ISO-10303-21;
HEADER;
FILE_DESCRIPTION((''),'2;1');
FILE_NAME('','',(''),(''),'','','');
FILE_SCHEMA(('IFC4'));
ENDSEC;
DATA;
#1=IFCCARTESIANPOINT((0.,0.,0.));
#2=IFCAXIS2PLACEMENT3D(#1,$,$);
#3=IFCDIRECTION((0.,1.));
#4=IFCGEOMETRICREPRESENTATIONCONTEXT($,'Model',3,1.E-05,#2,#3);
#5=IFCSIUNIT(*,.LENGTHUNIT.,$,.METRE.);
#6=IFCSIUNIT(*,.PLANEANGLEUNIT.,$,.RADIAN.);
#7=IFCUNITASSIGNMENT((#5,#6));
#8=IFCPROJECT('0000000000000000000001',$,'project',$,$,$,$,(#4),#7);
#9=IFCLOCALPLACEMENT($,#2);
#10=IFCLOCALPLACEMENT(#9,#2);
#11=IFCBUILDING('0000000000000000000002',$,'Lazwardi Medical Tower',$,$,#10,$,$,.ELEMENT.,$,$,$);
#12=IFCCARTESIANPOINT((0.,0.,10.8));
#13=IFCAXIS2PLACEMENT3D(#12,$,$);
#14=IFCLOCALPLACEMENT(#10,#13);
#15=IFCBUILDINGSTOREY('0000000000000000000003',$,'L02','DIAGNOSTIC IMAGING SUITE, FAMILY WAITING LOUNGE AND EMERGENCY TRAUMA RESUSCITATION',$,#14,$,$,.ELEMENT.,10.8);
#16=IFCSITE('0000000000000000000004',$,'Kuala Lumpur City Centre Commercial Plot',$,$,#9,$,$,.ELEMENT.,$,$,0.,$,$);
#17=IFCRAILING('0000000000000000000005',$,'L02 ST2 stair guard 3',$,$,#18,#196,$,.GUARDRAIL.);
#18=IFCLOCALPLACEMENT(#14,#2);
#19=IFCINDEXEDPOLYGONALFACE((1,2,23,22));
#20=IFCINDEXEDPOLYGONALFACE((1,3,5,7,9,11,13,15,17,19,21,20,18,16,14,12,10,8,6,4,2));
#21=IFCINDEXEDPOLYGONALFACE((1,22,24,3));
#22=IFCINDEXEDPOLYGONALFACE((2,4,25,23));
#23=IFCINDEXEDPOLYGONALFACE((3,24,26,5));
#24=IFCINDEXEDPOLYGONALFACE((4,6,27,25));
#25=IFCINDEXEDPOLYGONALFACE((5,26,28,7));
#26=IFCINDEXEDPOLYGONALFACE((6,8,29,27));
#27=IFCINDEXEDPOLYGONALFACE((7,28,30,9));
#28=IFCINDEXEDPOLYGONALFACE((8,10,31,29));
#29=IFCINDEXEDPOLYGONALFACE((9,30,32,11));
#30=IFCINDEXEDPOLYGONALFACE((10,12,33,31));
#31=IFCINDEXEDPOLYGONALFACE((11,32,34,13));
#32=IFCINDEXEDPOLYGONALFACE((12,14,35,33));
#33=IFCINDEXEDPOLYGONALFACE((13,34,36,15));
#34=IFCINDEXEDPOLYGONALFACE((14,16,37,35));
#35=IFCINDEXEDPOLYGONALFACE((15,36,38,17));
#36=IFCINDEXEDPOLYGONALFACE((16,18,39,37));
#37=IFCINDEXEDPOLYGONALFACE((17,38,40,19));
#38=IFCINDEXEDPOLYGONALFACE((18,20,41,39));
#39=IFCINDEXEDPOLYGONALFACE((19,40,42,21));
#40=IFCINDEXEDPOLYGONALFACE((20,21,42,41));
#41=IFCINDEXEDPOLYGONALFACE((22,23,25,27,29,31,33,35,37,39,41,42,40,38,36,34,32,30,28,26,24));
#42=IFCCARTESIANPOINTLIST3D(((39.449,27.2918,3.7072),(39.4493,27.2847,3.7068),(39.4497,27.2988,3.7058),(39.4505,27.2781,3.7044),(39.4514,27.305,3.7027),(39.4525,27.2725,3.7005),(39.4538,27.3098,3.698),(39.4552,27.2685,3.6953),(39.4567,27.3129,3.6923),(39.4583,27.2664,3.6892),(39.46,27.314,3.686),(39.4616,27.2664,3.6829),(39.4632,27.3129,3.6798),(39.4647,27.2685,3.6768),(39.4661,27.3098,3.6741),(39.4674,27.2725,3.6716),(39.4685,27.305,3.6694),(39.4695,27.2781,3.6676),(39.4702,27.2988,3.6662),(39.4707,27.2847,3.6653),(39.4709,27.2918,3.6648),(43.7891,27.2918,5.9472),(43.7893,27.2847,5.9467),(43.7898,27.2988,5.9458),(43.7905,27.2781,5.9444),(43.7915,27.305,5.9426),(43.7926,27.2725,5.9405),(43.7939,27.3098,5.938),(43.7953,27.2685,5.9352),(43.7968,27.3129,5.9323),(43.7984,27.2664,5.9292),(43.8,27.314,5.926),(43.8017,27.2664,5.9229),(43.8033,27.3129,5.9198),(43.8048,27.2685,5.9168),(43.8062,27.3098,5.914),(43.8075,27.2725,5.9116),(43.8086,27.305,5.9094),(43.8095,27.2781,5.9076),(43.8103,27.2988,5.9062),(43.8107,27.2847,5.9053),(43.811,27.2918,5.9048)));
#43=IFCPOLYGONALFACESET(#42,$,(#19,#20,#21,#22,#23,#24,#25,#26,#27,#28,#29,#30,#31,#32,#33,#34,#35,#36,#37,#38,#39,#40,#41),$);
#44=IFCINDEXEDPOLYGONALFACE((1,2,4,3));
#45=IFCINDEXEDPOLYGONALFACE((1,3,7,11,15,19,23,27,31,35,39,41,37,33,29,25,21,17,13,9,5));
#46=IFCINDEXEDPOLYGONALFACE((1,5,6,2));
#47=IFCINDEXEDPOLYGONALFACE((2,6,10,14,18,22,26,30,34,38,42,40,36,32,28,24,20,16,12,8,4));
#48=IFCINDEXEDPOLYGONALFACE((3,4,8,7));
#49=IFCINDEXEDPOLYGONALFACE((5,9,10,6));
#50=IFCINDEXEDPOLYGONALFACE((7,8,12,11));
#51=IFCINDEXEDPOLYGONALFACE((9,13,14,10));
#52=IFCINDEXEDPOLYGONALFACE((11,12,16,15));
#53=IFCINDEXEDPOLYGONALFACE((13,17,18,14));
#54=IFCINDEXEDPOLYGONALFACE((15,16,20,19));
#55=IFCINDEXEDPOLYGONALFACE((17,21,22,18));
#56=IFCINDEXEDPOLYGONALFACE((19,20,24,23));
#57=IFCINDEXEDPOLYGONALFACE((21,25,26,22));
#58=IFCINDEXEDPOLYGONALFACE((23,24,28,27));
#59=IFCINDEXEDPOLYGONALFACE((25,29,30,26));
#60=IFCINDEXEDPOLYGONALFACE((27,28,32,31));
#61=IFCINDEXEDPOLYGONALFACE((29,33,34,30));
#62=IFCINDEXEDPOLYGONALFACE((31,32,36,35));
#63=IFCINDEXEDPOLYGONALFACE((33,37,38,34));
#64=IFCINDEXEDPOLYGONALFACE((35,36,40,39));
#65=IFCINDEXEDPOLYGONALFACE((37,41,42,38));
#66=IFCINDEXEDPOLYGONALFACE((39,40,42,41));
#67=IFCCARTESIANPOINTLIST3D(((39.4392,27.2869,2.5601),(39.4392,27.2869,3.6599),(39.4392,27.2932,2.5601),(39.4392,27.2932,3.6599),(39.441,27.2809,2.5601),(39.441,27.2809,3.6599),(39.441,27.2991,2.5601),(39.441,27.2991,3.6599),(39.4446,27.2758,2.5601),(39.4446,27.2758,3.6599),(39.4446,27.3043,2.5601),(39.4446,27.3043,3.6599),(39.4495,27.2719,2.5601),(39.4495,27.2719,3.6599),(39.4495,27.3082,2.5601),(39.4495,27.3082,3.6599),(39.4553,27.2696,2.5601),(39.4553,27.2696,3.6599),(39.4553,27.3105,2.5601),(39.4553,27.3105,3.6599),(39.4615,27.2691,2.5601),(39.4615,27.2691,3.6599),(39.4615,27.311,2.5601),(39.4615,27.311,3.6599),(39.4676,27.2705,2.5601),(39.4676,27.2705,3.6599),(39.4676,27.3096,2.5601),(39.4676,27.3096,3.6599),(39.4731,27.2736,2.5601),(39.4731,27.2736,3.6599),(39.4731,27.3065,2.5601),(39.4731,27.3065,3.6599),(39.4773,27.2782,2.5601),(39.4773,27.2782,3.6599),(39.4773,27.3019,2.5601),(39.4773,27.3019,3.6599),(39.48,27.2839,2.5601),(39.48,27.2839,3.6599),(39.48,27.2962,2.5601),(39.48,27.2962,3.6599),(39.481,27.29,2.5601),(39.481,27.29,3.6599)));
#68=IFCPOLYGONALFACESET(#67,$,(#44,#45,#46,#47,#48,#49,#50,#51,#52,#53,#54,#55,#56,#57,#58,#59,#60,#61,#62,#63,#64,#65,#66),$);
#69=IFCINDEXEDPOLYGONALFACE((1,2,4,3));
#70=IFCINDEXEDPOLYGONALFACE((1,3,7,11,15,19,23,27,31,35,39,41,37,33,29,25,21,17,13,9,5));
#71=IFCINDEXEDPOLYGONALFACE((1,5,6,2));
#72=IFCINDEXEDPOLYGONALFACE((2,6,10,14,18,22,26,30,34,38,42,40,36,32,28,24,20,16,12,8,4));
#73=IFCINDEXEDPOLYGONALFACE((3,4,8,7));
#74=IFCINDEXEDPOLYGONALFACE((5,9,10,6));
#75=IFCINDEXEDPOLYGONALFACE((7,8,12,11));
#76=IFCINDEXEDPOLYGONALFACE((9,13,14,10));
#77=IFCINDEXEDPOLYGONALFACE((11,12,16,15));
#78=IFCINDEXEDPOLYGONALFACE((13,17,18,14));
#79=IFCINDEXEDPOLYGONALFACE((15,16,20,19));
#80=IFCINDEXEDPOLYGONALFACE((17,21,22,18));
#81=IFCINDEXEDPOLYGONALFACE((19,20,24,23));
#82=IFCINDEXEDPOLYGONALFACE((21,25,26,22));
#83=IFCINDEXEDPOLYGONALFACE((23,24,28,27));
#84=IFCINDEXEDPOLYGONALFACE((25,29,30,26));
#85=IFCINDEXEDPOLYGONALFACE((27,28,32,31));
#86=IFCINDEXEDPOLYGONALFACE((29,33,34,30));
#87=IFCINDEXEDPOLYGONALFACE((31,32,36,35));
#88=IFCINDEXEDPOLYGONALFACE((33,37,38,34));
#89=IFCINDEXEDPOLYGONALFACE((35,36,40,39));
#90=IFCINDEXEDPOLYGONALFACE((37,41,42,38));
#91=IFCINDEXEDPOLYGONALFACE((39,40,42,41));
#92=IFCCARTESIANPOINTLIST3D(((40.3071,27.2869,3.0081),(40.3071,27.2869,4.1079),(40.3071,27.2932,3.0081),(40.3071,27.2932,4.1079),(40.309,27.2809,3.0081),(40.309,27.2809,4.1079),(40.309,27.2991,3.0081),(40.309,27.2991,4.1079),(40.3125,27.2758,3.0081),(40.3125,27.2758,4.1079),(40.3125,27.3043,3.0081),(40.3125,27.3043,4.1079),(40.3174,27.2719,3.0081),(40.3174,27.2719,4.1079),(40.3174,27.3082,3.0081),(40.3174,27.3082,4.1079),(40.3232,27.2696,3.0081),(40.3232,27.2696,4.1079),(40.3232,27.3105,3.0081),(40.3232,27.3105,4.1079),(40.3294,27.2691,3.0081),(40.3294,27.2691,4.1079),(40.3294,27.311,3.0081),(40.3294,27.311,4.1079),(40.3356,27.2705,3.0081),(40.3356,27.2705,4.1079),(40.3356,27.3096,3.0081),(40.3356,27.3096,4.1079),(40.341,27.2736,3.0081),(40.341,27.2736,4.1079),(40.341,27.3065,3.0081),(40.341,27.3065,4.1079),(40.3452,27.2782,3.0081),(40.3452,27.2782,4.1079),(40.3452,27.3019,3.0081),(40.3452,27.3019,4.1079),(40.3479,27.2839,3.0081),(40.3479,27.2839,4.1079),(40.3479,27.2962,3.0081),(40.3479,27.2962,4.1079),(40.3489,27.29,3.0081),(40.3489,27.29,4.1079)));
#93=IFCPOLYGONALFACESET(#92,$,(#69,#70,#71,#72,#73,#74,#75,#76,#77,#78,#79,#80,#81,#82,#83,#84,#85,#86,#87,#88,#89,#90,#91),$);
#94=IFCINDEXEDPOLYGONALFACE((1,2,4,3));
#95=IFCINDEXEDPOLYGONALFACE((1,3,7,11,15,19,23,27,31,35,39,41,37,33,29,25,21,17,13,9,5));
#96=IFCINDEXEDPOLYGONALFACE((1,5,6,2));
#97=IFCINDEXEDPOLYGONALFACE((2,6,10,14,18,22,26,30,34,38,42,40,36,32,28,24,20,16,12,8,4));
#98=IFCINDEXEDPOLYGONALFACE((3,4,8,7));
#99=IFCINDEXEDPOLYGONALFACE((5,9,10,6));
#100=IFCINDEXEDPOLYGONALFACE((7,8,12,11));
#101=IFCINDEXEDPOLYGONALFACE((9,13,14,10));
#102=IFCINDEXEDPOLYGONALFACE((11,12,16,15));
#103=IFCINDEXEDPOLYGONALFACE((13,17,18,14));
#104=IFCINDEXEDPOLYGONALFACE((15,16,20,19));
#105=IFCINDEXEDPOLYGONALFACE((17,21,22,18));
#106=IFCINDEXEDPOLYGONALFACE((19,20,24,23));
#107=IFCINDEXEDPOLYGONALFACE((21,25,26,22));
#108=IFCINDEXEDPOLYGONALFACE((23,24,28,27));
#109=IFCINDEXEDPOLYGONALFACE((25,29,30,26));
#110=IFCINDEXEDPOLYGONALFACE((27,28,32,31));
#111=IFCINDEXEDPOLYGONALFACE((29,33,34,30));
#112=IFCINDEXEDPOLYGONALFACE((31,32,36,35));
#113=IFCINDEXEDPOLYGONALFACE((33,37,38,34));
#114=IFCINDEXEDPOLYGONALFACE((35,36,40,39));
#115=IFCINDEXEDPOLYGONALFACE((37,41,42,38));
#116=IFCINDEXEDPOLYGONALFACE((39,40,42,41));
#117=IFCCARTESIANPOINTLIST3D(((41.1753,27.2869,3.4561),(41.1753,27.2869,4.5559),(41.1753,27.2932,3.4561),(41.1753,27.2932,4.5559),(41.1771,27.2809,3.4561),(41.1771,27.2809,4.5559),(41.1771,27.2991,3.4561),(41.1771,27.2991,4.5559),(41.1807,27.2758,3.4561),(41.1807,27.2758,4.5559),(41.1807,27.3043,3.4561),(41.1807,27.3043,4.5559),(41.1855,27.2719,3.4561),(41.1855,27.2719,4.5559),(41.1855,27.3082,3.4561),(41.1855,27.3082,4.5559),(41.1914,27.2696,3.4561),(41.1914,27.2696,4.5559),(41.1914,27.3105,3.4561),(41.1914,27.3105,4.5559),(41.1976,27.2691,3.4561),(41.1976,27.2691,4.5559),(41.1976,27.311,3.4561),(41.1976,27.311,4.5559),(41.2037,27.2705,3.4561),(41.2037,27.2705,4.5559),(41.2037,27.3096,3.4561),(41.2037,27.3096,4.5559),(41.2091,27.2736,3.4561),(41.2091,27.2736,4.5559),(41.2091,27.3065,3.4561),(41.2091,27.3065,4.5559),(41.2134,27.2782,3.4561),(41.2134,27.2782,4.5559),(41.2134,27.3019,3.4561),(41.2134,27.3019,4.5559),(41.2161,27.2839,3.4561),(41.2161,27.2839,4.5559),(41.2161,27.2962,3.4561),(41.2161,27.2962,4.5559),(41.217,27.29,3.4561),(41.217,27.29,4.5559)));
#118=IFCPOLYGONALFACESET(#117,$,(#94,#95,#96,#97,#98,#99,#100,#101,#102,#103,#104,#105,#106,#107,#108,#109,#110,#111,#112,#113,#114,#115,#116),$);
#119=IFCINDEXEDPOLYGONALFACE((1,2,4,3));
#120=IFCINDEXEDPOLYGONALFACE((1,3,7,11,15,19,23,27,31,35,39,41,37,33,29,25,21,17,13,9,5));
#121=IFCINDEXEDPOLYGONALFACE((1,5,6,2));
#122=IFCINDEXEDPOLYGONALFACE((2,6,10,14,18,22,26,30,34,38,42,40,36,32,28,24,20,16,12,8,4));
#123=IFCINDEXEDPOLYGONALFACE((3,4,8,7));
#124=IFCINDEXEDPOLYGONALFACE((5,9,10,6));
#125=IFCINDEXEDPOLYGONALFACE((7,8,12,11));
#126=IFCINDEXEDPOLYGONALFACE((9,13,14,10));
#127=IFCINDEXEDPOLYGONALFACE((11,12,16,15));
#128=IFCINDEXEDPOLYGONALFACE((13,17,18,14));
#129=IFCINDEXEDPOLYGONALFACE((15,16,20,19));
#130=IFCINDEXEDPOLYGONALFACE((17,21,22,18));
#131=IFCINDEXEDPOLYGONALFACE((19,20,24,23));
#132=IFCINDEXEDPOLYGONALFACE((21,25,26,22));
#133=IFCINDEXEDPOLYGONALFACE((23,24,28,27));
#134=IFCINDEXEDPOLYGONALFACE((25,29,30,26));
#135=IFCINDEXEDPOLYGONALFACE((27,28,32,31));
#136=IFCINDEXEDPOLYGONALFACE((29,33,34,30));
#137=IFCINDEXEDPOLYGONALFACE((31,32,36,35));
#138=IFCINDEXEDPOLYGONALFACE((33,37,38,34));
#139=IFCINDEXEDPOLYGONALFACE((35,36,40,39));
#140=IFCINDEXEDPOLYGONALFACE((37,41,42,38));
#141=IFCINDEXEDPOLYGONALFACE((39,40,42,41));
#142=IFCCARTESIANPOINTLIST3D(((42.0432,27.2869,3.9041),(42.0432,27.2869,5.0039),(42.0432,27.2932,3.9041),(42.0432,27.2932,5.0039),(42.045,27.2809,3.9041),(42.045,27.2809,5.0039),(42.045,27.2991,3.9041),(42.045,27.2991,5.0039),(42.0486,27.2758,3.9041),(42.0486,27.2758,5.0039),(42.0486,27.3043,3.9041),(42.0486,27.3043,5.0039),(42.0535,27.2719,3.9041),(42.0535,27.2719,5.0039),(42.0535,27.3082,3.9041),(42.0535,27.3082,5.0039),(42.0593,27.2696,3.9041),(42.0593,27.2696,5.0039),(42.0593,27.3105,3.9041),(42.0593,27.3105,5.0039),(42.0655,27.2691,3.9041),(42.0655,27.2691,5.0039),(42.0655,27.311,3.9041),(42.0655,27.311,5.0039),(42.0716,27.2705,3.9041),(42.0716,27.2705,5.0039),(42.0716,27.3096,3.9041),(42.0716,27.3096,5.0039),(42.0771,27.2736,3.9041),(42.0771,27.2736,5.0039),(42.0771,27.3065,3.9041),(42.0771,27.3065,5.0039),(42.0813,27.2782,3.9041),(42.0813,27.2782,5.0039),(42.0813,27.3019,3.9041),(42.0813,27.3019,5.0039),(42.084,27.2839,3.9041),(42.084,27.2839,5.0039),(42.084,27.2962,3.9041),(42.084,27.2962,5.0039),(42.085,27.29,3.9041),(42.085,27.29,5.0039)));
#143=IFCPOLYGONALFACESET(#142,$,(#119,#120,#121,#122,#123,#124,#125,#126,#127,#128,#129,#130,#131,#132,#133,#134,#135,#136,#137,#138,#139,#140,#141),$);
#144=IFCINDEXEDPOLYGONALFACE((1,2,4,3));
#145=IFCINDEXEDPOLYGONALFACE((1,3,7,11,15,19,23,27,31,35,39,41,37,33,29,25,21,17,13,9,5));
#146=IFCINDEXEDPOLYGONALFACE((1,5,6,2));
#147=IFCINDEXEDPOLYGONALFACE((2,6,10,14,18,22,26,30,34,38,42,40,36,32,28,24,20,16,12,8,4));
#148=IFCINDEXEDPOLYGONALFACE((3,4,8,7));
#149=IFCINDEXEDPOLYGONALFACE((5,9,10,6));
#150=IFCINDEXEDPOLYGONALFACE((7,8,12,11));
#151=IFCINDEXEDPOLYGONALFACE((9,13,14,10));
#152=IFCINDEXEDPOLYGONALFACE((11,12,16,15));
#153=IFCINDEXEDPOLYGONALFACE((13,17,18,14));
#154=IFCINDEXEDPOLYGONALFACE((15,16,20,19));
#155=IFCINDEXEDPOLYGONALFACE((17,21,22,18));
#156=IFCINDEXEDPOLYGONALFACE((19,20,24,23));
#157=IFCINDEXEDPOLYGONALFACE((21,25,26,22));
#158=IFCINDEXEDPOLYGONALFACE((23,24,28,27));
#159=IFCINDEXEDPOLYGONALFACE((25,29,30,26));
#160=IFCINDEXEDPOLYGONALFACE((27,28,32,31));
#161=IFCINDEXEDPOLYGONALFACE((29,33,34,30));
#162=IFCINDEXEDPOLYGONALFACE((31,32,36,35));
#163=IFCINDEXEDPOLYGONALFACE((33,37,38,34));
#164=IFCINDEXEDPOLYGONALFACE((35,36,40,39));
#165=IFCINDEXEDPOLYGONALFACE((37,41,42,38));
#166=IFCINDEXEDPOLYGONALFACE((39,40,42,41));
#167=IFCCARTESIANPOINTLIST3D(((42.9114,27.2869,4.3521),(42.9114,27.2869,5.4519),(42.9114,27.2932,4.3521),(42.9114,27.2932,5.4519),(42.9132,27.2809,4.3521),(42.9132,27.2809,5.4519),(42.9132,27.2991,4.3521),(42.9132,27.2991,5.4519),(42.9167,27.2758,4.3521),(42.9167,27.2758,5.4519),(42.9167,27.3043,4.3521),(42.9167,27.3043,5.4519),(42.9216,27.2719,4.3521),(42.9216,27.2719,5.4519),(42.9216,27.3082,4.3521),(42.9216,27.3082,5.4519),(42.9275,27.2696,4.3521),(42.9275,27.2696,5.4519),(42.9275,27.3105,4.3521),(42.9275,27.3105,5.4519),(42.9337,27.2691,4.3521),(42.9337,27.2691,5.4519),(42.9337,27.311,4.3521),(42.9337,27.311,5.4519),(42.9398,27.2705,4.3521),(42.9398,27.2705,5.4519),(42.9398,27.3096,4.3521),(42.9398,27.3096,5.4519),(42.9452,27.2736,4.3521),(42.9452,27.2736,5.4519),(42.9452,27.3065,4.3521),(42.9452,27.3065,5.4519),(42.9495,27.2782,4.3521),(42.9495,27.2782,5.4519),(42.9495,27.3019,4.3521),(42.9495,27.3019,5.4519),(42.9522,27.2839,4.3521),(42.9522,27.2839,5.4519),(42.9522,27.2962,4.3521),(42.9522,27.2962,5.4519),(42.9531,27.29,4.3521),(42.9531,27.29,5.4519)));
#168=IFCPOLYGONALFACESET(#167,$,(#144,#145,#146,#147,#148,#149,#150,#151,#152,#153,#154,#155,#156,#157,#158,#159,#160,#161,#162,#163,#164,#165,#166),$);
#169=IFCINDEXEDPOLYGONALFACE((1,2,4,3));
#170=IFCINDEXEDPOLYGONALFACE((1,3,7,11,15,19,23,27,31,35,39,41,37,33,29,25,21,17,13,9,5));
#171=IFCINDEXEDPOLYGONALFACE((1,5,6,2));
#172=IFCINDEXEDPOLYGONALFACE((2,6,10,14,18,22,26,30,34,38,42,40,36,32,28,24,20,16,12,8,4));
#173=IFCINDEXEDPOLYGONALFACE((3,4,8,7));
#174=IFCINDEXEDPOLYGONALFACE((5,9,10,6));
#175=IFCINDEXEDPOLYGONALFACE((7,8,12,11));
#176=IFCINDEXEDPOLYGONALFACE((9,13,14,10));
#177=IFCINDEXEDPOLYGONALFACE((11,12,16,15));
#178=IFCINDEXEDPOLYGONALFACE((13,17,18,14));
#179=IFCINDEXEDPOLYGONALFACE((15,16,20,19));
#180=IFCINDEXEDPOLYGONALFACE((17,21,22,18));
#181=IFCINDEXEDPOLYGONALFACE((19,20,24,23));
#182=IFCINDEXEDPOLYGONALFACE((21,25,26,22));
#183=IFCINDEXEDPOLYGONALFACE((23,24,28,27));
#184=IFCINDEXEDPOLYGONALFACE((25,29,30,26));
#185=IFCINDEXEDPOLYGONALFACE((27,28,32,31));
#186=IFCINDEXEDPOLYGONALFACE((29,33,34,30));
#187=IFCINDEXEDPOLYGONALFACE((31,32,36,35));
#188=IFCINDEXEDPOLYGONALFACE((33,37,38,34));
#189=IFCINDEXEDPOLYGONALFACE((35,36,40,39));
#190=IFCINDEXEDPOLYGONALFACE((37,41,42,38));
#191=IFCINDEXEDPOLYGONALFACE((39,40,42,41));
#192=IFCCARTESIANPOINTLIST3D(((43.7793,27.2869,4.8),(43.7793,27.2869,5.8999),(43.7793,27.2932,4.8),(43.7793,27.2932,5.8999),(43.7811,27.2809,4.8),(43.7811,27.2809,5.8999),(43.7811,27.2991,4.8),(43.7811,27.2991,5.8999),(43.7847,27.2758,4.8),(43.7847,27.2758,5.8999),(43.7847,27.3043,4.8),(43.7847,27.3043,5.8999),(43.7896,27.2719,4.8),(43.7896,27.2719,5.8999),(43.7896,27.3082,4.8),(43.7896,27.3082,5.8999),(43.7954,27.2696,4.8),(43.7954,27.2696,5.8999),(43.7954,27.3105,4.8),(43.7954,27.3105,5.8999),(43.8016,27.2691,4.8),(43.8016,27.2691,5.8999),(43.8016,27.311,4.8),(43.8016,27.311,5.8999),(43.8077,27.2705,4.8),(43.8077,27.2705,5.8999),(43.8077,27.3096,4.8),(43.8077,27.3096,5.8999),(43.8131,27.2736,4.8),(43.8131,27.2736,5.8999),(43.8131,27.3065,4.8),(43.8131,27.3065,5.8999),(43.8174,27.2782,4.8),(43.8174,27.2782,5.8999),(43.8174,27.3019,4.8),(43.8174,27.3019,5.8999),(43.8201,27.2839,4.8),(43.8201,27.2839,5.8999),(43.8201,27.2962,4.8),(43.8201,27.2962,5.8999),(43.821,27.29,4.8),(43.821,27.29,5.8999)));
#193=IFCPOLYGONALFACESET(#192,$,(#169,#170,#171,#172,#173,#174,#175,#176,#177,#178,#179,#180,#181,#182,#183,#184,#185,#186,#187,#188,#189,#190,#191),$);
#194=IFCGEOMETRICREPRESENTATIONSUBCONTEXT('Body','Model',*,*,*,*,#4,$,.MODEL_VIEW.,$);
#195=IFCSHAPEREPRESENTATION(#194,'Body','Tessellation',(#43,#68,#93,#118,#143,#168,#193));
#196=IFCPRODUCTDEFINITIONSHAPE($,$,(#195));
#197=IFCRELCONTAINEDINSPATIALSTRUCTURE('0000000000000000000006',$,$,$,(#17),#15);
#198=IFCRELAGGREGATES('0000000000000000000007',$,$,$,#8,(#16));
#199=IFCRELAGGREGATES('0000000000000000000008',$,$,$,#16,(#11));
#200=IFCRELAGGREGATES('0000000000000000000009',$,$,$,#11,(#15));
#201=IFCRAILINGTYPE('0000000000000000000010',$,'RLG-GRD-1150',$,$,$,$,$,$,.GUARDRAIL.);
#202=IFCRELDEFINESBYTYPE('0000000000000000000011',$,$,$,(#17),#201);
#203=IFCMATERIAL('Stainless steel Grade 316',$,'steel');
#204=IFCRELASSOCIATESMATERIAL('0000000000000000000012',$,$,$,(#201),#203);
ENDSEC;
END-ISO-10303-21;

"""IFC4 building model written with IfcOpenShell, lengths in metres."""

from ifc_helpers import new_model, si_unit, direction, frame, origin, origin_2d, place, context, subcontext, project, spatial, circle, extrude, material, type_object, element, save


model = new_model("IFC4")

# Units and contexts
model_context = context("Model", 3, precision=1e-05, world=origin(), true_north=direction((0.0, 1.0)))
body_context = subcontext(model_context, "Body", "Model", "MODEL_VIEW")
ifc_project = project(units=[si_unit("LENGTHUNIT", "METRE"), si_unit("PLANEANGLEUNIT", "RADIAN")], contexts=[model_context])

# Site, building, storey
site_placement = place(None, origin())
site = spatial("IfcSite", under=ifc_project, at=site_placement, Name="Kuala Lumpur City Centre Commercial Plot", CompositionType="ELEMENT", RefElevation=0.0)
building_placement = place(site_placement, origin())
building = spatial("IfcBuilding", under=site, at=building_placement, Name="Lazwardi Medical Tower", CompositionType="ELEMENT")
storey_placement = place(building_placement, frame((0.0, 0.0, 10.8)))
storey = spatial("IfcBuildingStorey", under=building, at=storey_placement, Name="L02", Description="DIAGNOSTIC IMAGING SUITE, FAMILY WAITING LOUNGE AND EMERGENCY TRAUMA RESUSCITATION", CompositionType="ELEMENT", Elevation=10.8)

# Railing
ifc_material_1 = material(Name="Stainless steel Grade 316", Category="steel")
railing_type_1 = type_object("IfcRailingType", Name="RLG-GRD-1150", PredefinedType="GUARDRAIL", material=ifc_material_1)
railing_1_placement = place(storey_placement, frame((39.46, 27.29, 2.5601)))
element("IfcRailing", 1, at=railing_1_placement, inside=storey, type_object=railing_type_1, Name="L02 ST2 stair guard 3", PredefinedType="GUARDRAIL", context=body_context, shape_type="SweptSolid", body=[
    extrude(circle(Radius=0.0239, at=origin_2d()), frame((0.0, 0.0, 1.126), z_axis=(0.888625, 0.0, 0.458634), x_axis=(0.0, 1.0, 0.0)), (0.0, 0.0, 1.0), 4.884),
    extrude(circle(Radius=0.021, at=origin_2d()), origin(), (0.0, 0.0, 1.0), 1.0999),
    extrude(circle(Radius=0.021, at=origin_2d()), frame((0.8679, 0.0, 0.448)), (0.0, 0.0, 1.0), 1.0999),
    extrude(circle(Radius=0.021, at=origin_2d()), frame((1.7361, 0.0, 0.896)), (0.0, 0.0, 1.0), 1.0999),
    extrude(circle(Radius=0.021, at=origin_2d()), frame((2.604, 0.0, 1.344)), (0.0, 0.0, 1.0), 1.0999),
    extrude(circle(Radius=0.021, at=origin_2d()), frame((3.4722, 0.0, 1.792)), (0.0, 0.0, 1.0), 1.0999),
    extrude(circle(Radius=0.021, at=origin_2d()), frame((4.3401, 0.0, 2.24)), (0.0, 0.0, 1.0), 1.0999),
])

save(model, "model.ifc")
